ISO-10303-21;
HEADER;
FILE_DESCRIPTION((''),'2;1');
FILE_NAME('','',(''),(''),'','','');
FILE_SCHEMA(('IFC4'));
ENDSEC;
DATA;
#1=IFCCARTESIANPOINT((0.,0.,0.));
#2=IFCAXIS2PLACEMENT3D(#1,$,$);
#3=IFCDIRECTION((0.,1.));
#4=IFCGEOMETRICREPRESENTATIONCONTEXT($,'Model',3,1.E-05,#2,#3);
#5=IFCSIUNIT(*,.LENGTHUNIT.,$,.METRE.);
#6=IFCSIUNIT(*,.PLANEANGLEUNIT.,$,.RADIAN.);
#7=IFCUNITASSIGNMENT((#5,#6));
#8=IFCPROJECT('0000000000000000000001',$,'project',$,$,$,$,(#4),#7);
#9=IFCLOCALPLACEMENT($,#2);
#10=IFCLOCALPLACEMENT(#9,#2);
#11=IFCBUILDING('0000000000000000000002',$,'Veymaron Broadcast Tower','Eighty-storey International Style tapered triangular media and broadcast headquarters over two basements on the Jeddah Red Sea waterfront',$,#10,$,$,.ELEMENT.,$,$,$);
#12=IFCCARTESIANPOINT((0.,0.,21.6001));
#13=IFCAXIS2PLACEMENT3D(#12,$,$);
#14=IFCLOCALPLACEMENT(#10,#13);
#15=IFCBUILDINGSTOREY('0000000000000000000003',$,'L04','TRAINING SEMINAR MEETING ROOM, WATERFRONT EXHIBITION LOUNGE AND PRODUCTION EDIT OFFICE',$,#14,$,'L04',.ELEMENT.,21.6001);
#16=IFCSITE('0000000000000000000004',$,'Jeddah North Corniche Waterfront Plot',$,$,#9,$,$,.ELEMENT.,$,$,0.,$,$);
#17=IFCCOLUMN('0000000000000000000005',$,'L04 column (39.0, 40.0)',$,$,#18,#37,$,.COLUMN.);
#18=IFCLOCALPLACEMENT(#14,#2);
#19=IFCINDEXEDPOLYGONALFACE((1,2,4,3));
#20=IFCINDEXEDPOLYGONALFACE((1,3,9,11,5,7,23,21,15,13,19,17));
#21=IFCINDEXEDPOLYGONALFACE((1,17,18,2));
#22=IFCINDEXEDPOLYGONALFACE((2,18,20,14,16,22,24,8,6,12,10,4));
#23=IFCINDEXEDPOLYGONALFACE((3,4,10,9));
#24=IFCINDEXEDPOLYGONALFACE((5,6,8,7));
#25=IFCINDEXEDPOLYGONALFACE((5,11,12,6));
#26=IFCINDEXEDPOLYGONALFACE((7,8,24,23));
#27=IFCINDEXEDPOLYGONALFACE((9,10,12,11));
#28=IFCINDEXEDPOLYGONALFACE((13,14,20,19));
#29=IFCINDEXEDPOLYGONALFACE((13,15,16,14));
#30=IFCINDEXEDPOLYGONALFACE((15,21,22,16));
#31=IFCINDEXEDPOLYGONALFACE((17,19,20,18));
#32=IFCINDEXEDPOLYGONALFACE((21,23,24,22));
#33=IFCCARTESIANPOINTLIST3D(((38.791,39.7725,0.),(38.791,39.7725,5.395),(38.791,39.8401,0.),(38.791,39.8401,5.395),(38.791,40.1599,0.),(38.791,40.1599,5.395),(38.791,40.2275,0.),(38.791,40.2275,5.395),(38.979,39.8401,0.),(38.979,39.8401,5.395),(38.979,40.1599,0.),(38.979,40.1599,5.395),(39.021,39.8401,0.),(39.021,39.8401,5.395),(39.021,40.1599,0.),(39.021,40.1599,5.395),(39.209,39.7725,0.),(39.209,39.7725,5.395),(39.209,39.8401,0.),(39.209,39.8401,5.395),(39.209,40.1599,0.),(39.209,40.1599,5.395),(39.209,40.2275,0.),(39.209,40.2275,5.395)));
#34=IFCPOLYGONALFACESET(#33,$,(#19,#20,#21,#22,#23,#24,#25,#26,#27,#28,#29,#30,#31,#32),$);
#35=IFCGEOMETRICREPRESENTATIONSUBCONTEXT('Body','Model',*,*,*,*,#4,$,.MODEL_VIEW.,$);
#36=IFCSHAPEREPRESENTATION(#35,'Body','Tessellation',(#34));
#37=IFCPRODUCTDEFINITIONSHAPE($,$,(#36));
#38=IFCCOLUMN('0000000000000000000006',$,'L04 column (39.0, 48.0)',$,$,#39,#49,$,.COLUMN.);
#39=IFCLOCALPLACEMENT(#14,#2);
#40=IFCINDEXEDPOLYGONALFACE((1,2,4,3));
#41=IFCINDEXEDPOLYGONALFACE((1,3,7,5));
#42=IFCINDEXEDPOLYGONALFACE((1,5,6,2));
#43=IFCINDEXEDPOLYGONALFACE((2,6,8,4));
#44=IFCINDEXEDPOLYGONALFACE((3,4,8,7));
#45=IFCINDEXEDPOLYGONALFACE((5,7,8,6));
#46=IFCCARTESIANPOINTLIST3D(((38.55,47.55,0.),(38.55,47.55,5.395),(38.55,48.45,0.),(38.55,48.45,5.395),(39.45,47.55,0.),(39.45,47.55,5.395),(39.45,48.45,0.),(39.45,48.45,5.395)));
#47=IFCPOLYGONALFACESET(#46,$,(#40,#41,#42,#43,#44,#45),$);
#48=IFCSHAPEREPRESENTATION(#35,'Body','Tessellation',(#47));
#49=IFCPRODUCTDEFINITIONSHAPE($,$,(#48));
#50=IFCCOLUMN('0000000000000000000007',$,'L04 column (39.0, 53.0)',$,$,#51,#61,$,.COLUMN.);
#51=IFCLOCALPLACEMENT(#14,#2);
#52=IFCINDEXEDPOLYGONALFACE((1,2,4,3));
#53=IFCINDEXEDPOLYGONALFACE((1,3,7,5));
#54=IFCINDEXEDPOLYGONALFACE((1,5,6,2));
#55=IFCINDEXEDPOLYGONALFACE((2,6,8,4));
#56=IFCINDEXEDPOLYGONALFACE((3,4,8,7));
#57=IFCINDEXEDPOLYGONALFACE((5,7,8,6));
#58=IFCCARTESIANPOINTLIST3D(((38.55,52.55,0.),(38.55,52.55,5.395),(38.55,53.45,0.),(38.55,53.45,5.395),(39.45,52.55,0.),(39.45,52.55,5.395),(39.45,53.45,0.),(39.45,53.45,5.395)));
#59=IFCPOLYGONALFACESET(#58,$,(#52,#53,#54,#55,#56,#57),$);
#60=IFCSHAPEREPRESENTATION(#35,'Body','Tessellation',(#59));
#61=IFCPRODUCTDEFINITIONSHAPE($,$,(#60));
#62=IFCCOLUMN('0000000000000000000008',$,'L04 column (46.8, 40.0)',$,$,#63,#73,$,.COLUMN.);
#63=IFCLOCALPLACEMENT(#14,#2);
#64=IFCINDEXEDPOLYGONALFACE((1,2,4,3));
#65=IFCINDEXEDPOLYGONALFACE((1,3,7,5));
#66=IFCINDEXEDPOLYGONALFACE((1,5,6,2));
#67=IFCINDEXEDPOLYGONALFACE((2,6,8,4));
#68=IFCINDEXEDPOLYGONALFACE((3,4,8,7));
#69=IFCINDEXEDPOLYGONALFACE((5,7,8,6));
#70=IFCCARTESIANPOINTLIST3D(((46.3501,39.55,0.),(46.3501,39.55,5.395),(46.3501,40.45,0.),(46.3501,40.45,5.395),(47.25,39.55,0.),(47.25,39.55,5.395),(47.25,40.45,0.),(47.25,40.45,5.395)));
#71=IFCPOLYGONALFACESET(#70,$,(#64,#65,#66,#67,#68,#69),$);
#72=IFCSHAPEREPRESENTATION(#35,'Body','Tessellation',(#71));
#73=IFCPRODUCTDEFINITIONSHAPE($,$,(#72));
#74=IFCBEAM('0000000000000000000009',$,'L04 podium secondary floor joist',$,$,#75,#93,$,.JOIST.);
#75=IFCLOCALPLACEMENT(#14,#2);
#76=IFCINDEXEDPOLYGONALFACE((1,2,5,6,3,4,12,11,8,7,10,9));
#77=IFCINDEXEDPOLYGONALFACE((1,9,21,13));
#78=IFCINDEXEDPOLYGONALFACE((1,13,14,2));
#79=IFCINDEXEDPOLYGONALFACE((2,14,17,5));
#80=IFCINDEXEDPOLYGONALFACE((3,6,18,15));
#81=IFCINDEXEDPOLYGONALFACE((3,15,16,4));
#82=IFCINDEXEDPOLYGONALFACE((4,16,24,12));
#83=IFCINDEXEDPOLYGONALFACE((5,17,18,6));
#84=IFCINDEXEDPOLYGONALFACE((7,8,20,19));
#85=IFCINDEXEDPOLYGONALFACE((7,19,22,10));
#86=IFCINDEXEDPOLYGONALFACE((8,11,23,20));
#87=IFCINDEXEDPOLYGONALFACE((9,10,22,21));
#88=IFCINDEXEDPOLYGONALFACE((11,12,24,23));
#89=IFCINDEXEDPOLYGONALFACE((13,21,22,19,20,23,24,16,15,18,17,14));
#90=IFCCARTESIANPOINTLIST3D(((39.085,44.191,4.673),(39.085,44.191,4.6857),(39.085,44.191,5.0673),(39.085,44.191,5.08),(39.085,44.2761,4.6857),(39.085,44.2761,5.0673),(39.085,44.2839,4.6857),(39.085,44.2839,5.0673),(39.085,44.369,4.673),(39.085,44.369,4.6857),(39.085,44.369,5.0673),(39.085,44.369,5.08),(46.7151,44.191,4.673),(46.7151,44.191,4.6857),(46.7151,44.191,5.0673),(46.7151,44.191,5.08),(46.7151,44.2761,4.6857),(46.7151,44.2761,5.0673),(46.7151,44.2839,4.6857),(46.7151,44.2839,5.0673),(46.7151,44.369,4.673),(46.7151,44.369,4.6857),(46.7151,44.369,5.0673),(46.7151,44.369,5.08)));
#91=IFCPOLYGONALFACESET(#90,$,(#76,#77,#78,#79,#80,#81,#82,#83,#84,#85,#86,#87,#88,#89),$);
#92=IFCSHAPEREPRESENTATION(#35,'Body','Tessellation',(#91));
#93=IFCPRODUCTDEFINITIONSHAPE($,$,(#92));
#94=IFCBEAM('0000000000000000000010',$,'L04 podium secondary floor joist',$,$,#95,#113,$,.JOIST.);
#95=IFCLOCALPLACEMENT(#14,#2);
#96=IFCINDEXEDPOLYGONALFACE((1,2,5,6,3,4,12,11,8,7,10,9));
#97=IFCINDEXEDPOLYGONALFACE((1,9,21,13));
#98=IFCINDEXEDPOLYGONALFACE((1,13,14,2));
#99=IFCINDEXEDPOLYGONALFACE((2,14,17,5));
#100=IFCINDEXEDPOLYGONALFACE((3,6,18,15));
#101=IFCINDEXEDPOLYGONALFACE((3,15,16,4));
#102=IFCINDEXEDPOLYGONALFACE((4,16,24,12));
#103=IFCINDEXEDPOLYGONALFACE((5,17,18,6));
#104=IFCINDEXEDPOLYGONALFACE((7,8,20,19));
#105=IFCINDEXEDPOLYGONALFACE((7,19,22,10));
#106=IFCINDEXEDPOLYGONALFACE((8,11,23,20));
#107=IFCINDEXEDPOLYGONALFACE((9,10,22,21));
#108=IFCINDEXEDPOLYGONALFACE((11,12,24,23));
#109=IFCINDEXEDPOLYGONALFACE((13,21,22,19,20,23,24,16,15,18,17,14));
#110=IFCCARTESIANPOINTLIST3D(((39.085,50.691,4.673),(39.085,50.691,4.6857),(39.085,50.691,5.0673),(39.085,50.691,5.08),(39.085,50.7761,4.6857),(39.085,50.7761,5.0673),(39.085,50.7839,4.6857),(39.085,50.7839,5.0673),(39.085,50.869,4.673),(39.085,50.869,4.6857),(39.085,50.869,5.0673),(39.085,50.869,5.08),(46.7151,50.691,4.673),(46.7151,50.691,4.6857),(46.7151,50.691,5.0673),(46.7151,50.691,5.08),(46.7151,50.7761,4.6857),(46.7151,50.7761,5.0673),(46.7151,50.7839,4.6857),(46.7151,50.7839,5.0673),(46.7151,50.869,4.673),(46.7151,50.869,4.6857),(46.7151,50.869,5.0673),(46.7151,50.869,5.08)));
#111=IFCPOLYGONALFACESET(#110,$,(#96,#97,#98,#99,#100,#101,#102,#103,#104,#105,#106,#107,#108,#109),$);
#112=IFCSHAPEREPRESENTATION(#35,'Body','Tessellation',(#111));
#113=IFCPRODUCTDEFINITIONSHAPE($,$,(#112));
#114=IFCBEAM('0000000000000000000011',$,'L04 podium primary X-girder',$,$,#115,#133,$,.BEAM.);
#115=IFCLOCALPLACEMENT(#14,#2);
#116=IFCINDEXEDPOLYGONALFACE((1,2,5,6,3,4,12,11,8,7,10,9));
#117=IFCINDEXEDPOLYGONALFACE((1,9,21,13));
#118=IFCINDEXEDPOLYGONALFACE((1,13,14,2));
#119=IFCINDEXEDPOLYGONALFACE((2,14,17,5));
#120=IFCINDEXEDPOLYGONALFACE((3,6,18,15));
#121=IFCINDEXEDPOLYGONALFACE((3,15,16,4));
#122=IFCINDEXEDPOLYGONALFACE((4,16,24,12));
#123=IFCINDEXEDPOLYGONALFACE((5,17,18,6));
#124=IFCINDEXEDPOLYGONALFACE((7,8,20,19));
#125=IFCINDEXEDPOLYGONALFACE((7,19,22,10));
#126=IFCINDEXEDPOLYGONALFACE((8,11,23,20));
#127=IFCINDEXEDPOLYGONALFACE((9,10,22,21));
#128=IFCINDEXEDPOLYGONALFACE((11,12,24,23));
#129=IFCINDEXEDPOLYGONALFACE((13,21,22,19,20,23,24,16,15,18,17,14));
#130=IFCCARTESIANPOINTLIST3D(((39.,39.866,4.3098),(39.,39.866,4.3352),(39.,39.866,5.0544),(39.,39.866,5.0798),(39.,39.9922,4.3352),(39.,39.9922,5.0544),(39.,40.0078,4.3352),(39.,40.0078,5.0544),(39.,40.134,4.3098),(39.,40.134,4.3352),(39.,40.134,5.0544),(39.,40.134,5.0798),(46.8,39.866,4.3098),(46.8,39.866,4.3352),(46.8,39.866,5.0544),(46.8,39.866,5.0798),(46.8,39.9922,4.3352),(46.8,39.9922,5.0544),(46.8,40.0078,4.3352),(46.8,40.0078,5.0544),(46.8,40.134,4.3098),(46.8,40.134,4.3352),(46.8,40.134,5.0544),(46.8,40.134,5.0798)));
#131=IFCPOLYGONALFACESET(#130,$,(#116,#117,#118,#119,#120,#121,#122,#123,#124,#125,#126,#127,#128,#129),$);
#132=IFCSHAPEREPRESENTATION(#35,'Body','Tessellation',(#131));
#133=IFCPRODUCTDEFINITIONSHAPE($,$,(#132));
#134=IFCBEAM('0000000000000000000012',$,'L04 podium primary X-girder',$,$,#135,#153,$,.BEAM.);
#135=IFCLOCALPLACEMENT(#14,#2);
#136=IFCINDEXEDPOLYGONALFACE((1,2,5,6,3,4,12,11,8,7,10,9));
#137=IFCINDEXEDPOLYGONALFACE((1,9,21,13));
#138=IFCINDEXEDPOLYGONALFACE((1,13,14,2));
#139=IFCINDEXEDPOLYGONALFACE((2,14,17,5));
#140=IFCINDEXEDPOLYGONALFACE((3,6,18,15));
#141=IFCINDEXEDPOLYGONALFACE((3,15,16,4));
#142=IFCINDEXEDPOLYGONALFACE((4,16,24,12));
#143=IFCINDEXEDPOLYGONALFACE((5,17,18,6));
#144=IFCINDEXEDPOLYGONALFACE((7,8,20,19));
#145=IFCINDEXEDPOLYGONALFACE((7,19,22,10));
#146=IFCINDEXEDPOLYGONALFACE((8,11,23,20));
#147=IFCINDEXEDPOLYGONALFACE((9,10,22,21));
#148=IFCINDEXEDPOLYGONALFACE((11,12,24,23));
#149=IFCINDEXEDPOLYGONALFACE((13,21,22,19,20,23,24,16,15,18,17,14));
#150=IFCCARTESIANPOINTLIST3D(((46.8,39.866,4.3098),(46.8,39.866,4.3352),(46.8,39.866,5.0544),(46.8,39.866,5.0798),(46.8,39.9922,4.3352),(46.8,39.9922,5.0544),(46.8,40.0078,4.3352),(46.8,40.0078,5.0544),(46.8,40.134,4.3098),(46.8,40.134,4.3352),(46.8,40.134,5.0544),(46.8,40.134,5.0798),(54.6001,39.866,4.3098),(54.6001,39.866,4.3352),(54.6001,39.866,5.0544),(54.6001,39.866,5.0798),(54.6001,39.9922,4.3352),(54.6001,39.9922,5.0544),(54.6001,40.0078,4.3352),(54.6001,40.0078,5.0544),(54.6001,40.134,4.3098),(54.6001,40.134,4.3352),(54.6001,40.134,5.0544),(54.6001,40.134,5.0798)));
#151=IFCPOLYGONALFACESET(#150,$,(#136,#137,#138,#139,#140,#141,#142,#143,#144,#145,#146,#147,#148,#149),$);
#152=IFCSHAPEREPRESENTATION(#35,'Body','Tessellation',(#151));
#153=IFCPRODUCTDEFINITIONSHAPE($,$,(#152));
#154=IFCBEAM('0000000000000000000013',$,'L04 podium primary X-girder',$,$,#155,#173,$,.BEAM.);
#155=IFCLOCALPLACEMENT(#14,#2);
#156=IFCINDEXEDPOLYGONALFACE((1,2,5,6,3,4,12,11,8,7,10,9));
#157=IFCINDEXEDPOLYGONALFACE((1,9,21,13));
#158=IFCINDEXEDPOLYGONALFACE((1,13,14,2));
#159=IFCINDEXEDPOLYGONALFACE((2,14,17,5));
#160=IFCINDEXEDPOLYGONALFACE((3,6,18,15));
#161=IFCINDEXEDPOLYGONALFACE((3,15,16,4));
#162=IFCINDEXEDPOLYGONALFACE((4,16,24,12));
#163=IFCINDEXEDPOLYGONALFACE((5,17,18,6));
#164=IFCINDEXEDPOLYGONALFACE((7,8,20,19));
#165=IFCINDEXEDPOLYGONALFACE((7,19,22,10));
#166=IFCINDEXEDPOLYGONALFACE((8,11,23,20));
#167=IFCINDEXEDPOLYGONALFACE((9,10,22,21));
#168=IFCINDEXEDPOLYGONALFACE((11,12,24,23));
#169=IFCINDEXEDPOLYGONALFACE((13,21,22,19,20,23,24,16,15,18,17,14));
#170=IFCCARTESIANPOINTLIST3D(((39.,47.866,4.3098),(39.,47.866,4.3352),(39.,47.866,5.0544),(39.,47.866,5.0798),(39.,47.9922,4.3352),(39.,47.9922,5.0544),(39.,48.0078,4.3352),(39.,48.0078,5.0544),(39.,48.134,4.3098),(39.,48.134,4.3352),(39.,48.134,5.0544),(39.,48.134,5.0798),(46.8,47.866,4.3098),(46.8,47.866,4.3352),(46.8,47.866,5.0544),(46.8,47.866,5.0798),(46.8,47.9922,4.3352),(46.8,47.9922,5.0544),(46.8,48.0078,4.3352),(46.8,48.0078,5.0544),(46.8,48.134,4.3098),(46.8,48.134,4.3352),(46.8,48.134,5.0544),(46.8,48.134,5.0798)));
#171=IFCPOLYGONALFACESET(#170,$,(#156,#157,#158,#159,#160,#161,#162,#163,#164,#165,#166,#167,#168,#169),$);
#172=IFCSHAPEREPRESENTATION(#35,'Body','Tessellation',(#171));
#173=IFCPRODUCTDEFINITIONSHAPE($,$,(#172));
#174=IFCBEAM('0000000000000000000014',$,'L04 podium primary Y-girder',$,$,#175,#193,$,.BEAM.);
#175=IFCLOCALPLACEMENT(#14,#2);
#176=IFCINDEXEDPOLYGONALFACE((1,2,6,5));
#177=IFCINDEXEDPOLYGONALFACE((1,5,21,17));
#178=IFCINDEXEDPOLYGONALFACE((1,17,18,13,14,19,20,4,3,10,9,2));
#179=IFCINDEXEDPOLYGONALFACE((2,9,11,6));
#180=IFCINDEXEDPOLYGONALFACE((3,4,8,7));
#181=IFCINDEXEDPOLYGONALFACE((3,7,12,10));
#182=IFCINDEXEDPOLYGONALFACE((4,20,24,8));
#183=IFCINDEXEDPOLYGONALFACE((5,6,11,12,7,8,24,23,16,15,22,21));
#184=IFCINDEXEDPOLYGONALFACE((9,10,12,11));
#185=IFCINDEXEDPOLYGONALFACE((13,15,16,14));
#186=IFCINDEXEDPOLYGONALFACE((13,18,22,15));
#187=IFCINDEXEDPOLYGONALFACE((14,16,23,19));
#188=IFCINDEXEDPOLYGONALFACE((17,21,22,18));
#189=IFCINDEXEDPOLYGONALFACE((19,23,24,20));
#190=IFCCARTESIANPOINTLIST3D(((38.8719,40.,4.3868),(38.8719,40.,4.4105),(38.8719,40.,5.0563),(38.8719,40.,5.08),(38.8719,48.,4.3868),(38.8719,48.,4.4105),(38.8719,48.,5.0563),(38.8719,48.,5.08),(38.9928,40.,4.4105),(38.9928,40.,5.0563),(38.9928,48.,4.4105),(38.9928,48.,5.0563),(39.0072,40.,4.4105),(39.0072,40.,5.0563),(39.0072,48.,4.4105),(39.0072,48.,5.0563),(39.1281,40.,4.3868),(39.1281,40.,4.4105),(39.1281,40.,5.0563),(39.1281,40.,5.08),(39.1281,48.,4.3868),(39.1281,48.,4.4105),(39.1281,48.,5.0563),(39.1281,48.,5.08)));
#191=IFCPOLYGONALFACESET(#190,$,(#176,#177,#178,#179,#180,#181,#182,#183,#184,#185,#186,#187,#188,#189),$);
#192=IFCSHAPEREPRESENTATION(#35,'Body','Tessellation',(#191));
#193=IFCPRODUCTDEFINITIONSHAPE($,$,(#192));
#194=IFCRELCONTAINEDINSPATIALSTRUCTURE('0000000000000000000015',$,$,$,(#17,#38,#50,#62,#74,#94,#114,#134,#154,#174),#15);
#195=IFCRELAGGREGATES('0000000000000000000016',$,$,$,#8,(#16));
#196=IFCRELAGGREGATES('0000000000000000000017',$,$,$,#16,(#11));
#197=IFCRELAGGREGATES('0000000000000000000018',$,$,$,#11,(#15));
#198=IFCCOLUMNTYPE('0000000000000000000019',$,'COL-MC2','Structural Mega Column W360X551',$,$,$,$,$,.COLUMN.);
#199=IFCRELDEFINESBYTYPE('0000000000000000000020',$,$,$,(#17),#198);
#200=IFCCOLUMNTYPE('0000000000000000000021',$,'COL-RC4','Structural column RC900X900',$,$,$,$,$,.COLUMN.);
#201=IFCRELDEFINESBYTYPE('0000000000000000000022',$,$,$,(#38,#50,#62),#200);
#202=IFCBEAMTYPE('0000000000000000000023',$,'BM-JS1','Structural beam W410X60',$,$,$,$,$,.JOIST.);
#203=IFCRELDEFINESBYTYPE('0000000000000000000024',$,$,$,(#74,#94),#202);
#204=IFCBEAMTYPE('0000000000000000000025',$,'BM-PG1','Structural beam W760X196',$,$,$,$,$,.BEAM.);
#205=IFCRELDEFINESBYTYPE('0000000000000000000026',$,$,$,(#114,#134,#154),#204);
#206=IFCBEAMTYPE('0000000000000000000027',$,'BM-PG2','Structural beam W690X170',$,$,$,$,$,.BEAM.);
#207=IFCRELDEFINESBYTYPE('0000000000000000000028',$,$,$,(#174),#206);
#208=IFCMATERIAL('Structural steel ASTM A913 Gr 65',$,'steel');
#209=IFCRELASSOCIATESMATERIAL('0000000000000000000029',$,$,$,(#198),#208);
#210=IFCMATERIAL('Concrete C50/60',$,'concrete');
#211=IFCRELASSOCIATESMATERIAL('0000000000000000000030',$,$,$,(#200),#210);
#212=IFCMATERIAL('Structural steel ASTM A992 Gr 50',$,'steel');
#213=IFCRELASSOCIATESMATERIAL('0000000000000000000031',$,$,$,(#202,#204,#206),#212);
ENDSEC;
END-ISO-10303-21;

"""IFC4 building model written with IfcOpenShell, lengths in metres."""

from ifc_helpers import new_model, si_unit, direction, frame, origin, origin_2d, place, context, subcontext, project, spatial, rectangle, i_section, extrude, material, material_profile, profile_set, type_object, element, save


model = new_model("IFC4")

# Units and contexts
model_context = context("Model", 3, precision=1e-05, world=origin(), true_north=direction((0.0, 1.0)))
body_context = subcontext(model_context, "Body", "Model", "MODEL_VIEW")
ifc_project = project(units=[si_unit("LENGTHUNIT", "METRE"), si_unit("PLANEANGLEUNIT", "RADIAN")], contexts=[model_context])

# Site, building, storey
site_placement = place(None, origin())
site = spatial("IfcSite", under=ifc_project, at=site_placement, Name="Jeddah North Corniche Waterfront Plot", CompositionType="ELEMENT", RefElevation=0.0)
building_placement = place(site_placement, origin())
building = spatial("IfcBuilding", under=site, at=building_placement, Name="Veymaron Broadcast Tower", Description="Eighty-storey International Style tapered triangular media and broadcast headquarters over two basements on the Jeddah Red Sea waterfront", CompositionType="ELEMENT")
storey_placement = place(building_placement, frame((0.0, 0.0, 21.6001)))
storey = spatial("IfcBuildingStorey", under=building, at=storey_placement, Name="L04", Description="TRAINING SEMINAR MEETING ROOM, WATERFRONT EXHIBITION LOUNGE AND PRODUCTION EDIT OFFICE", LongName="L04", CompositionType="ELEMENT", Elevation=21.6001)

# Columns
ifc_material_1 = material(Name="Structural steel ASTM A913 Gr 65", Category="steel")
ifc_material_profile_1 = material_profile(ifc_material_1, i_section(OverallWidth=0.418, OverallDepth=0.4551, WebThickness=0.042, FlangeThickness=0.0676, at=origin_2d()), Name="W360X551")
ifc_profile_set_1 = profile_set([ifc_material_profile_1], Name="Structural steel ASTM A913 Gr 65")
column_type_1 = type_object("IfcColumnType", Name="COL-MC2", Description="Structural Mega Column W360X551", PredefinedType="COLUMN", material=ifc_profile_set_1)
column_placement = place(storey_placement, frame((39.0, 40.0, 0.0), z_axis=(0.0, 0.0, 1.0), x_axis=(1.0, 0.0, 0.0)))
element("IfcColumn", 1, at=column_placement, inside=storey, type_object=column_type_1, Name="L04 column (39.0, 40.0)", PredefinedType="COLUMN", context=body_context, shape_type="SweptSolid", body=[
    extrude(i_section(OverallWidth=0.418, OverallDepth=0.4551, WebThickness=0.042, FlangeThickness=0.0676, at=origin_2d()), origin(), (0.0, 0.0, 1.0), 5.395),
])
ifc_material_2 = material(Name="Concrete C50/60", Category="concrete")
ifc_material_profile_2 = material_profile(ifc_material_2, rectangle(XDim=0.8999, YDim=0.8999, at=origin_2d()), Name="RC900X900")
ifc_profile_set_2 = profile_set([ifc_material_profile_2], Name="Concrete C50/60")
column_type_2 = type_object("IfcColumnType", Name="COL-RC4", Description="Structural column RC900X900", PredefinedType="COLUMN", material=ifc_profile_set_2)
for number, where, z_axis, x_axis, name in (
    (2, (39.0, 48.0, 0.0), (0.0, 0.0, 1.0), (1.0, 0.0, 0.0), "L04 column (39.0, 48.0)"),
    (3, (39.0, 53.0, 0.0), (0.0, 0.0, 1.0), (1.0, 0.0, 0.0), "L04 column (39.0, 53.0)"),
    (4, (46.8, 40.0, 0.0), (0.0, 0.0, 1.0), (1.0, 0.0, 0.0), "L04 column (46.8, 40.0)"),
):
    element("IfcColumn", number, at=place(storey_placement, frame(where, z_axis=z_axis, x_axis=x_axis)), inside=storey, type_object=column_type_2, Name=name, PredefinedType="COLUMN", context=body_context, shape_type="SweptSolid", body=[
        extrude(rectangle(XDim=0.8999, YDim=0.8999, at=origin_2d()), origin(), (0.0, 0.0, 1.0), 5.395),
    ])

# Beams
ifc_material_3 = material(Name="Structural steel ASTM A992 Gr 50", Category="steel")
ifc_material_profile_3 = material_profile(ifc_material_3, i_section(OverallWidth=0.178, OverallDepth=0.407, WebThickness=0.0078, FlangeThickness=0.0127, at=origin_2d()), Name="W410X60")
ifc_profile_set_3 = profile_set([ifc_material_profile_3], Name="Structural steel ASTM A992 Gr 50")
beam_type_1 = type_object("IfcBeamType", Name="BM-JS1", Description="Structural beam W410X60", PredefinedType="JOIST", material=ifc_profile_set_3)
for number, where, z_axis, x_axis, name in (
    (5, (39.085, 44.28, 4.8765), (1.0, 0.0, 0.0), (0.0, 1.0, 0.0), "L04 podium secondary floor joist"),
    (6, (39.085, 50.78, 4.8765), (1.0, 0.0, 0.0), (0.0, 1.0, 0.0), "L04 podium secondary floor joist"),
):
    element("IfcBeam", number, at=place(storey_placement, frame(where, z_axis=z_axis, x_axis=x_axis)), inside=storey, type_object=beam_type_1, Name=name, PredefinedType="JOIST", context=body_context, shape_type="SweptSolid", body=[
        extrude(i_section(OverallWidth=0.178, OverallDepth=0.407, WebThickness=0.0078, FlangeThickness=0.0127, at=origin_2d()), origin(), (0.0, 0.0, 1.0), 7.6301),
    ])
ifc_material_profile_4 = material_profile(ifc_material_3, i_section(OverallWidth=0.2681, OverallDepth=0.77, WebThickness=0.0156, FlangeThickness=0.0254, at=origin_2d()), Name="W760X196")
ifc_profile_set_4 = profile_set([ifc_material_profile_4], Name="Structural steel ASTM A992 Gr 50")
beam_type_2 = type_object("IfcBeamType", Name="BM-PG1", Description="Structural beam W760X196", PredefinedType="BEAM", material=ifc_profile_set_4)
for number, where, z_axis, x_axis, name in (
    (7, (39.0, 40.0, 4.6948), (1.0, 0.0, 0.0), (0.0, 1.0, 0.0), "L04 podium primary X-girder"),
    (8, (46.8, 40.0, 4.6948), (1.0, 0.0, 0.0), (0.0, 1.0, 0.0), "L04 podium primary X-girder"),
    (9, (39.0, 48.0, 4.6948), (1.0, 0.0, 0.0), (0.0, 1.0, 0.0), "L04 podium primary X-girder"),
):
    element("IfcBeam", number, at=place(storey_placement, frame(where, z_axis=z_axis, x_axis=x_axis)), inside=storey, type_object=beam_type_2, Name=name, PredefinedType="BEAM", context=body_context, shape_type="SweptSolid", body=[
        extrude(i_section(OverallWidth=0.2681, OverallDepth=0.77, WebThickness=0.0156, FlangeThickness=0.0254, at=origin_2d()), origin(), (0.0, 0.0, 1.0), 7.8),
    ])
ifc_material_profile_5 = material_profile(ifc_material_3, i_section(OverallWidth=0.2561, OverallDepth=0.6931, WebThickness=0.0144, FlangeThickness=0.0237, at=origin_2d()), Name="W690X170")
ifc_profile_set_5 = profile_set([ifc_material_profile_5], Name="Structural steel ASTM A992 Gr 50")
beam_type_3 = type_object("IfcBeamType", Name="BM-PG2", Description="Structural beam W690X170", PredefinedType="BEAM", material=ifc_profile_set_5)
beam_1_placement = place(storey_placement, frame((39.0, 40.0, 4.7334), z_axis=(0.0, 1.0, 0.0), x_axis=(-1.0, 0.0, 0.0)))
element("IfcBeam", 10, at=beam_1_placement, inside=storey, type_object=beam_type_3, Name="L04 podium primary Y-girder", PredefinedType="BEAM", context=body_context, shape_type="SweptSolid", body=[
    extrude(i_section(OverallWidth=0.2561, OverallDepth=0.6931, WebThickness=0.0144, FlangeThickness=0.0237, at=origin_2d()), origin(), (0.0, 0.0, 1.0), 8.0),
])

save(model, "model.ifc")
